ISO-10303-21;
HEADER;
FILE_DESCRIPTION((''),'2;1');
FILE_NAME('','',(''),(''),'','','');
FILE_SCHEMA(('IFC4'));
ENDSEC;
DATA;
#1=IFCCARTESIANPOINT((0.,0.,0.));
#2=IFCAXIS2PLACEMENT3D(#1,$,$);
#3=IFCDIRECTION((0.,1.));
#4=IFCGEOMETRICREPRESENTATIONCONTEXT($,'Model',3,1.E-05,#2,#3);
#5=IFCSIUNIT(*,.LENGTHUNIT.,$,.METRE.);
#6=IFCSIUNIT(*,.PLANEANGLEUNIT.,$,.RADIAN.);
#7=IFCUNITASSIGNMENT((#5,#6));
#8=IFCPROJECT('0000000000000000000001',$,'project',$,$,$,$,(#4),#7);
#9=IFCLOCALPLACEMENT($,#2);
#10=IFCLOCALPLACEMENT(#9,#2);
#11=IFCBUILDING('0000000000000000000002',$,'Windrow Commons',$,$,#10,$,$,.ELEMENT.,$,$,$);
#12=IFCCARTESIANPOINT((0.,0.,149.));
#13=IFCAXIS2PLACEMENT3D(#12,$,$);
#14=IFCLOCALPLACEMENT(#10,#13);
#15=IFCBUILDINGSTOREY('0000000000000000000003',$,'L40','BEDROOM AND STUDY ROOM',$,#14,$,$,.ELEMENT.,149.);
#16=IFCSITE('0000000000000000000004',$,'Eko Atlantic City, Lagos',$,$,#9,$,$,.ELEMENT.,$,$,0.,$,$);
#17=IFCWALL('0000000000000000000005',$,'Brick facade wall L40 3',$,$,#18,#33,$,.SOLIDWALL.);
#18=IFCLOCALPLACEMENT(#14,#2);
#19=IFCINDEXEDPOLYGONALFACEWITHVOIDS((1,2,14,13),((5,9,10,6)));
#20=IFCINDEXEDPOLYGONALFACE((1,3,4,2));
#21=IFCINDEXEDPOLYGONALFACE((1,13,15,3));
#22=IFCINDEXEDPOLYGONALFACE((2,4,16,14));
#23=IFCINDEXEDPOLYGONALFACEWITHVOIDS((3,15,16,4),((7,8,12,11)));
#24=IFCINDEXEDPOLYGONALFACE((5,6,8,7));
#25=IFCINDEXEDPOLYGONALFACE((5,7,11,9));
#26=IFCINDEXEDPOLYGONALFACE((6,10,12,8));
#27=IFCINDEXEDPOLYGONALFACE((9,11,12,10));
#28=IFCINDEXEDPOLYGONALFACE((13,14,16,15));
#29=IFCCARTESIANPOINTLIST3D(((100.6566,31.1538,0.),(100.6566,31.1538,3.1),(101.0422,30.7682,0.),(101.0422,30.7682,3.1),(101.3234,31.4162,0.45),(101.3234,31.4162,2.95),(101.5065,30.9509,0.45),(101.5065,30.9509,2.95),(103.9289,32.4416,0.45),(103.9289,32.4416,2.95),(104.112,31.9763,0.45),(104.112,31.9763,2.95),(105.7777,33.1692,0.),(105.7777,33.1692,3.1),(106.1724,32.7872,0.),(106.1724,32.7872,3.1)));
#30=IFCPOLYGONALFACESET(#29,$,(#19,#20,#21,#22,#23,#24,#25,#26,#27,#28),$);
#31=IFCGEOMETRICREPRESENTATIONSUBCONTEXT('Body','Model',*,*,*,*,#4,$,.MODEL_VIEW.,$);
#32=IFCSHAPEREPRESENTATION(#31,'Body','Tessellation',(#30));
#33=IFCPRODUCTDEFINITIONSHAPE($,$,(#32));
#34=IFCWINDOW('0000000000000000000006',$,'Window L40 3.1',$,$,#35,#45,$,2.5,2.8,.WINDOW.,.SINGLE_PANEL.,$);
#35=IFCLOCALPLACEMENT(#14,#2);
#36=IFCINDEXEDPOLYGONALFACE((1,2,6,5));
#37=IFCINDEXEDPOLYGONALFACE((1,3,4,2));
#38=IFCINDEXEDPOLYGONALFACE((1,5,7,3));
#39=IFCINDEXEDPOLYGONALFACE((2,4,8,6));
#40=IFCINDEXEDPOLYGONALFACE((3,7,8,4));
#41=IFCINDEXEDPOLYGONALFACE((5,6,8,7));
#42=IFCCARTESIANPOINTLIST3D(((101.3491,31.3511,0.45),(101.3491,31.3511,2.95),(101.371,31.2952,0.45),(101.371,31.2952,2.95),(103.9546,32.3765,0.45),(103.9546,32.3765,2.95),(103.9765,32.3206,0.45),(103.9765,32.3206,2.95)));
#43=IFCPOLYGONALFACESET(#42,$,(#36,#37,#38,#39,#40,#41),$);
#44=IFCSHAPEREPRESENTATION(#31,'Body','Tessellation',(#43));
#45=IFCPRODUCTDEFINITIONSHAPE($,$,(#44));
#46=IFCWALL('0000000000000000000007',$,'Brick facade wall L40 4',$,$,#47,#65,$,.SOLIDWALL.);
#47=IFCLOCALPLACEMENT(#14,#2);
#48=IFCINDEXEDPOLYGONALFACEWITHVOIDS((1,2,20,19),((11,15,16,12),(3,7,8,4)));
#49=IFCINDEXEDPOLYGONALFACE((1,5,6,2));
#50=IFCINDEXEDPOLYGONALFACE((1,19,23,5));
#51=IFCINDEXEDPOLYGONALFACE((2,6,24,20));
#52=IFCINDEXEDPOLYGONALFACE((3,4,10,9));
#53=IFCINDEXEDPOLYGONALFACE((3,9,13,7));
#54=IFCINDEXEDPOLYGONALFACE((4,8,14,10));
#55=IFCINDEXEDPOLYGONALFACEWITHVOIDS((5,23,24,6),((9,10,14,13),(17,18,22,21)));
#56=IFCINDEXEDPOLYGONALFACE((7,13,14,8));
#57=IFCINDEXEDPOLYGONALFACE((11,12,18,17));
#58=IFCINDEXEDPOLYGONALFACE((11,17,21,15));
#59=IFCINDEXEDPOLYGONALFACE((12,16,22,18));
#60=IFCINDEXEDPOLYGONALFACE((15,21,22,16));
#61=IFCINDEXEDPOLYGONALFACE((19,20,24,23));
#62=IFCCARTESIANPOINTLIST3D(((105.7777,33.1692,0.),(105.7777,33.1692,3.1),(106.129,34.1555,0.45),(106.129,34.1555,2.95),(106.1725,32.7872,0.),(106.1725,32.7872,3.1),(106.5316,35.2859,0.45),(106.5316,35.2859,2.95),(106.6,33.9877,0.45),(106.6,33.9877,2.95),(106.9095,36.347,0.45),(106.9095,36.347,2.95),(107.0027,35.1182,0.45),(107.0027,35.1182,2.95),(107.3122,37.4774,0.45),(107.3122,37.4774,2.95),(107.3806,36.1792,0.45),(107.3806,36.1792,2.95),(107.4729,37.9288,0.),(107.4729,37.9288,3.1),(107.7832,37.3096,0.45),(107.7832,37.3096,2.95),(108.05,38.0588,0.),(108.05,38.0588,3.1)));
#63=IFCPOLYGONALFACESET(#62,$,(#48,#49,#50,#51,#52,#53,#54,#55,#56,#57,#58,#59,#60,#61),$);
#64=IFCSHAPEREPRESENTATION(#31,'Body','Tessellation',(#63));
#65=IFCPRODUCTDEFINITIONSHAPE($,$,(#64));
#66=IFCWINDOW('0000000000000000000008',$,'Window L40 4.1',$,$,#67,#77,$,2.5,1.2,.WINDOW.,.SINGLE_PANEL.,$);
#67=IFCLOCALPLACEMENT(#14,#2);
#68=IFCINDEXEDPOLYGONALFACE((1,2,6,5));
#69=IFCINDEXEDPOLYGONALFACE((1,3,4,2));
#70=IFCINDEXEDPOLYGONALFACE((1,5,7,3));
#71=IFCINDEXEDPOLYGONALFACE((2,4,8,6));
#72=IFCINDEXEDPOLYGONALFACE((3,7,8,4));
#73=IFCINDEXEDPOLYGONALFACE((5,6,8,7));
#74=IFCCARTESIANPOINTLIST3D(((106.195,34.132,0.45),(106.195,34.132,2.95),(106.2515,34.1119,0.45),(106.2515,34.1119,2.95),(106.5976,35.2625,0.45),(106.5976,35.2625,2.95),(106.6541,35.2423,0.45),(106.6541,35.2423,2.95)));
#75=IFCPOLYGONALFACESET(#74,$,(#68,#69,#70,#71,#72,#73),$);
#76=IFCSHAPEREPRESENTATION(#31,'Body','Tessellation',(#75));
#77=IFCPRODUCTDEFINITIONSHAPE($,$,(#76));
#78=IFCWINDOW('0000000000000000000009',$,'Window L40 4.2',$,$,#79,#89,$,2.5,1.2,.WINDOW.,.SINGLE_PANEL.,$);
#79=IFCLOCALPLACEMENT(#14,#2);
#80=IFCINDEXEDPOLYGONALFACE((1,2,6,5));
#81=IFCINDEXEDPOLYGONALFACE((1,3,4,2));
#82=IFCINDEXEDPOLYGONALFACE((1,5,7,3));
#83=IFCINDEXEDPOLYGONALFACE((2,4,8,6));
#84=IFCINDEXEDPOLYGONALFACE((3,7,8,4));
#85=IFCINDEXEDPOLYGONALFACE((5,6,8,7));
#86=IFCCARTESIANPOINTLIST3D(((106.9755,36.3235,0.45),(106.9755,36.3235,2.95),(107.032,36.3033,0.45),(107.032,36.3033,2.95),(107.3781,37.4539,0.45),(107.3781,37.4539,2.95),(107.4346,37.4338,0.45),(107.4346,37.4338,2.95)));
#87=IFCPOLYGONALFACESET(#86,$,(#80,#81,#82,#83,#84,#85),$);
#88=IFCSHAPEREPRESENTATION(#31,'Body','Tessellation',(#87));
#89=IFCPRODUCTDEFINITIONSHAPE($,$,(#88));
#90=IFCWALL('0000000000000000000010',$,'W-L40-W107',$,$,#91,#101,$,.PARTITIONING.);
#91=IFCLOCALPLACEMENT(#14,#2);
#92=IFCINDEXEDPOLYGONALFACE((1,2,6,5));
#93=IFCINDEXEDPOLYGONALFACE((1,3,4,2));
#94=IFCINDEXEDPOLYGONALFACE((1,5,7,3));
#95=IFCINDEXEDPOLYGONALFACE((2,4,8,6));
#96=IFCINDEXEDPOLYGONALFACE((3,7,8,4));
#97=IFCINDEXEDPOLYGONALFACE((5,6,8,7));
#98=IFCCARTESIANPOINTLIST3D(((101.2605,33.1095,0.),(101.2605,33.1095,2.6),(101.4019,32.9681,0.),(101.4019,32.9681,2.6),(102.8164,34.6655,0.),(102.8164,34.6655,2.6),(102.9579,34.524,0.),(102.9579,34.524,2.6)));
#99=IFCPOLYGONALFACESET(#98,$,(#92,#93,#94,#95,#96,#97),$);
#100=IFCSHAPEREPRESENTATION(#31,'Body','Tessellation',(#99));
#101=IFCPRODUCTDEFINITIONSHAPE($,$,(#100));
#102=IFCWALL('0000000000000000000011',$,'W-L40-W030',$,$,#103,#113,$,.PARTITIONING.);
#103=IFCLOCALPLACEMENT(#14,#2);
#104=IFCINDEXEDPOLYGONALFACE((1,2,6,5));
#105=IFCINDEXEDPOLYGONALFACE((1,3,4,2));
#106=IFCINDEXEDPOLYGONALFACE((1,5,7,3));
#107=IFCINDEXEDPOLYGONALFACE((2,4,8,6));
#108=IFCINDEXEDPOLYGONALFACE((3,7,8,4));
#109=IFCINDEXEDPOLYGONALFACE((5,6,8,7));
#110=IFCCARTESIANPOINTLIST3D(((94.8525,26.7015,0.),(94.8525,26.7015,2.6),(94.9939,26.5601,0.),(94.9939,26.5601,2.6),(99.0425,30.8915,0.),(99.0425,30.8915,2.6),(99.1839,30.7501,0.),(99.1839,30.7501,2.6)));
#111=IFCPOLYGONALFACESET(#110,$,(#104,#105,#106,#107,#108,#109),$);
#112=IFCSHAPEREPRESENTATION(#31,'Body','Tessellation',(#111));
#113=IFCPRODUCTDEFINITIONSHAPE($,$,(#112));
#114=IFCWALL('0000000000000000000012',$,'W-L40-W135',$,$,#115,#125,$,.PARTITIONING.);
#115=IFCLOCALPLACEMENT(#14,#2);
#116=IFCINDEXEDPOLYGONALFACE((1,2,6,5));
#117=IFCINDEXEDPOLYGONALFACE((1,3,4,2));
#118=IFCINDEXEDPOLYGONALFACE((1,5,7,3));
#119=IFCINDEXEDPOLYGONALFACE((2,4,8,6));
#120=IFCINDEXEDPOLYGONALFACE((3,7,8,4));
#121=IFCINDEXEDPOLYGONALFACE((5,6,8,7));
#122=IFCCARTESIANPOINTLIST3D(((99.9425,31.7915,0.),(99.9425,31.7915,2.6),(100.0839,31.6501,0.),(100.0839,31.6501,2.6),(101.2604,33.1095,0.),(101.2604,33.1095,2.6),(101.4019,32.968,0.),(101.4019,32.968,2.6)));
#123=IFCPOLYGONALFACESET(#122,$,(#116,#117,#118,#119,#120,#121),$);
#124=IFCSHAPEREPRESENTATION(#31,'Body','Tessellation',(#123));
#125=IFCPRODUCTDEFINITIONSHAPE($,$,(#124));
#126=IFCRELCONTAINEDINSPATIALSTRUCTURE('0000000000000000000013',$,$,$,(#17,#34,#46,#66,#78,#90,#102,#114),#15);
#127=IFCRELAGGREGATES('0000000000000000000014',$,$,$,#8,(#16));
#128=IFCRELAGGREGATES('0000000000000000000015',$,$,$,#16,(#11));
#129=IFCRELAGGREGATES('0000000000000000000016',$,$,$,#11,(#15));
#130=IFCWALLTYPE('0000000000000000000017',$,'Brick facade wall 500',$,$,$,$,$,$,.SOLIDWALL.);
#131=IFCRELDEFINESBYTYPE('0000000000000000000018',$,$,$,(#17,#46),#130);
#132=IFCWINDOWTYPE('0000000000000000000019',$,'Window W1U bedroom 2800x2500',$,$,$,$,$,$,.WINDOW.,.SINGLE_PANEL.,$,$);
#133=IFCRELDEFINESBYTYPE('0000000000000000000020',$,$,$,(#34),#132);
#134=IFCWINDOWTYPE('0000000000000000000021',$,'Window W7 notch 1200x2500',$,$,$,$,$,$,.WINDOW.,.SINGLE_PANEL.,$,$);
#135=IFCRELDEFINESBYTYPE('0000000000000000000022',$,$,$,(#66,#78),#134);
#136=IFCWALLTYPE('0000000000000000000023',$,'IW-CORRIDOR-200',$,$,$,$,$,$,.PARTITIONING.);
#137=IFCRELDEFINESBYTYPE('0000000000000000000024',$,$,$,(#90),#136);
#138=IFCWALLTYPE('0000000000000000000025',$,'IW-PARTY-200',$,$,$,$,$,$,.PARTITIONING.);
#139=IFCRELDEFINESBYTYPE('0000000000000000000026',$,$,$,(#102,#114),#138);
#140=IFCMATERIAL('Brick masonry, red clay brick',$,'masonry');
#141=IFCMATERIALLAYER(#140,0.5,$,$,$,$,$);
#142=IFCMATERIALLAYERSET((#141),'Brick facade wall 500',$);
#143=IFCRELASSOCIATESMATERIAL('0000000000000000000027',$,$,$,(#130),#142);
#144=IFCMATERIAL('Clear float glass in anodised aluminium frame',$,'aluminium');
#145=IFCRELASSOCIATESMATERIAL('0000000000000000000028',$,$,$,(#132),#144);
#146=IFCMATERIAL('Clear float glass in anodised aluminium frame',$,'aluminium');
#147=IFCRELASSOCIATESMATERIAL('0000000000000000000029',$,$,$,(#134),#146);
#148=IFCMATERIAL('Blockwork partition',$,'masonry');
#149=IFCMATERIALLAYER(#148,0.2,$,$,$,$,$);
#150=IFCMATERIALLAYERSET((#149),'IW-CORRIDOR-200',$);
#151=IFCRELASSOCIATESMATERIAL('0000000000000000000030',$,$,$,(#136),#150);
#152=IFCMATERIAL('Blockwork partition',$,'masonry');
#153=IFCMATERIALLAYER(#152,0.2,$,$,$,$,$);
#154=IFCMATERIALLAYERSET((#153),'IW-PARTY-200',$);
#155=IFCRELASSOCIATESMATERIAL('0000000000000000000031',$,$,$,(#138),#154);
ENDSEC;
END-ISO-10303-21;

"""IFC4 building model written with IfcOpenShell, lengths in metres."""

from ifc_helpers import new_model, si_unit, direction, frame, frame_2d, origin, place, context, subcontext, project, spatial, polyline, rectangle, outline, extrude, material, layer, layer_set, type_object, element, fill, save


model = new_model("IFC4")

# Units and contexts
model_context = context("Model", 3, precision=1e-05, world=origin(), true_north=direction((0.0, 1.0)))
body_context = subcontext(model_context, "Body", "Model", "MODEL_VIEW")
ifc_project = project(units=[si_unit("LENGTHUNIT", "METRE"), si_unit("PLANEANGLEUNIT", "RADIAN")], contexts=[model_context])

# Site, building, storey
site_placement = place(None, origin())
site = spatial("IfcSite", under=ifc_project, at=site_placement, Name="Eko Atlantic City, Lagos", CompositionType="ELEMENT", RefElevation=0.0)
building_placement = place(site_placement, origin())
building = spatial("IfcBuilding", under=site, at=building_placement, Name="Windrow Commons", CompositionType="ELEMENT")
storey_placement = place(building_placement, frame((0.0, 0.0, 149.0)))
storey = spatial("IfcBuildingStorey", under=building, at=storey_placement, Name="L40", Description="BEDROOM AND STUDY ROOM", CompositionType="ELEMENT", Elevation=149.0)

# Shared definitions
ifc_material_1 = material(Name="Brick masonry, red clay brick", Category="masonry")
ifc_layer_1 = layer(ifc_material_1, 0.5)
ifc_layer_set_1 = layer_set([ifc_layer_1], Name="Brick facade wall 500")
wall_type_1 = type_object("IfcWallType", Name="Brick facade wall 500", PredefinedType="SOLIDWALL", material=ifc_layer_set_1)
ifc_material_2 = material(Name="Clear float glass in anodised aluminium frame", Category="aluminium")
window_type_1 = type_object("IfcWindowType", Name="Window W1U bedroom 2800x2500", PartitioningType="SINGLE_PANEL", PredefinedType="WINDOW", material=ifc_material_2)
ifc_material_3 = material(Name="Clear float glass in anodised aluminium frame", Category="aluminium")
window_type_2 = type_object("IfcWindowType", Name="Window W7 notch 1200x2500", PartitioningType="SINGLE_PANEL", PredefinedType="WINDOW", material=ifc_material_3)

# Wall, opening, window
wall_1_placement = place(storey_placement, frame((100.8494, 30.961, 0.0), z_axis=(0.0, 0.0, 1.0), x_axis=(0.930533, 0.366208, 0.0)))
wall_1 = element("IfcWall", 1, at=wall_1_placement, inside=storey, type_object=wall_type_1, Name="Brick facade wall L40 3", PredefinedType="SOLIDWALL", context=body_context, shape_type="SweptSolid", body=[
    extrude(outline(polyline([(0.1088, -0.25), (5.622, -0.25), (5.3946, 0.25), (-0.1088, 0.25), (0.1088, -0.25)])), origin(), (0.0, 0.0, 1.0), 3.1),
])
opening_1_placement = place(wall_1_placement, frame((0.6078, 0.0, 0.45)))
opening_1 = element("IfcOpeningElement", 2, at=opening_1_placement, cuts=wall_1, PredefinedType="OPENING", context=body_context, shape_type="SweptSolid", body=[
    extrude(rectangle(XDim=2.8, YDim=2.5, at=frame_2d((1.4, 1.25))), frame((0.0, 0.26, 0.0), z_axis=(0.0, -1.0, 0.0), x_axis=(1.0, 0.0, 0.0)), (0.0, 0.0, 1.0), 0.52),
])
window_1_placement = place(opening_1_placement, origin())
window_1 = element("IfcWindow", 3, at=window_1_placement, inside=storey, type_object=window_type_1, Name="Window L40 3.1", OverallHeight=2.5, OverallWidth=2.8, PartitioningType="SINGLE_PANEL", PredefinedType="WINDOW", context=body_context, shape_type="SweptSolid", body=[
    extrude(rectangle(XDim=2.8, YDim=2.5, at=frame_2d((1.4, 1.25))), frame((0.0, 0.18, 0.0), z_axis=(0.0, -1.0, 0.0), x_axis=(1.0, 0.0, 0.0)), (0.0, 0.0, 1.0), 0.06),
])
fill(opening_1, window_1)

# Wall, openings, windows
wall_2_placement = place(storey_placement, frame((105.9751, 32.9782, 0.0), z_axis=(0.0, 0.0, 1.0), x_axis=(0.335517, 0.942034, 0.0)))
wall_2 = element("IfcWall", 4, at=wall_2_placement, inside=storey, type_object=wall_type_1, Name="Brick facade wall L40 4", PredefinedType="SOLIDWALL", context=body_context, shape_type="SweptSolid", body=[
    extrude(outline(polyline([(-0.1137, -0.25), (5.4823, -0.25), (5.1662, 0.25), (0.1137, 0.25), (-0.1137, -0.25)])), origin(), (0.0, 0.0, 1.0), 3.1),
])
opening_2_placement = place(wall_2_placement, frame((1.1607, 0.0, 0.45)))
opening_2 = element("IfcOpeningElement", 5, at=opening_2_placement, cuts=wall_2, PredefinedType="OPENING", context=body_context, shape_type="SweptSolid", body=[
    extrude(rectangle(XDim=1.2, YDim=2.5, at=frame_2d((0.6, 1.25))), frame((0.0, 0.26, 0.0), z_axis=(0.0, -1.0, 0.0), x_axis=(1.0, 0.0, 0.0)), (0.0, 0.0, 1.0), 0.52),
])
opening_3_placement = place(wall_2_placement, frame((3.487, 0.0, 0.45)))
opening_3 = element("IfcOpeningElement", 6, at=opening_3_placement, cuts=wall_2, PredefinedType="OPENING", context=body_context, shape_type="SweptSolid", body=[
    extrude(rectangle(XDim=1.2, YDim=2.5, at=frame_2d((0.6, 1.25))), frame((0.0, 0.26, 0.0), z_axis=(0.0, -1.0, 0.0), x_axis=(1.0, 0.0, 0.0)), (0.0, 0.0, 1.0), 0.52),
])
window_2_placement = place(opening_2_placement, origin())
window_2 = element("IfcWindow", 7, at=window_2_placement, inside=storey, type_object=window_type_2, Name="Window L40 4.1", OverallHeight=2.5, OverallWidth=1.2, PartitioningType="SINGLE_PANEL", PredefinedType="WINDOW", context=body_context, shape_type="SweptSolid", body=[
    extrude(rectangle(XDim=1.2, YDim=2.5, at=frame_2d((0.6, 1.25))), frame((0.0, 0.18, 0.0), z_axis=(0.0, -1.0, 0.0), x_axis=(1.0, 0.0, 0.0)), (0.0, 0.0, 1.0), 0.06),
])
fill(opening_2, window_2)
window_3_placement = place(opening_3_placement, origin())
window_3 = element("IfcWindow", 8, at=window_3_placement, inside=storey, type_object=window_type_2, Name="Window L40 4.2", OverallHeight=2.5, OverallWidth=1.2, PartitioningType="SINGLE_PANEL", PredefinedType="WINDOW", context=body_context, shape_type="SweptSolid", body=[
    extrude(rectangle(XDim=1.2, YDim=2.5, at=frame_2d((0.6, 1.25))), frame((0.0, 0.18, 0.0), z_axis=(0.0, -1.0, 0.0), x_axis=(1.0, 0.0, 0.0)), (0.0, 0.0, 1.0), 0.06),
])
fill(opening_3, window_3)

# Walls
ifc_material_4 = material(Name="Blockwork partition", Category="masonry")
ifc_layer_2 = layer(ifc_material_4, 0.2)
ifc_layer_set_2 = layer_set([ifc_layer_2], Name="IW-CORRIDOR-200")
wall_type_2 = type_object("IfcWallType", Name="IW-CORRIDOR-200", PredefinedType="PARTITIONING", material=ifc_layer_set_2)
wall_3_placement = place(storey_placement, frame((101.3312, 33.0388, 0.0), z_axis=(0.0, 0.0, 1.0), x_axis=(0.707107, 0.707107, 0.0)))
element("IfcWall", 9, at=wall_3_placement, inside=storey, type_object=wall_type_2, Name="W-L40-W107", PredefinedType="PARTITIONING", context=body_context, shape_type="SweptSolid", body=[
    extrude(rectangle(XDim=2.2005, YDim=0.2, at=frame_2d((1.1002, 0.0))), origin(), (0.0, 0.0, 1.0), 2.6),
])
ifc_material_5 = material(Name="Blockwork partition", Category="masonry")
ifc_layer_3 = layer(ifc_material_5, 0.2)
ifc_layer_set_3 = layer_set([ifc_layer_3], Name="IW-PARTY-200")
wall_type_3 = type_object("IfcWallType", Name="IW-PARTY-200", PredefinedType="PARTITIONING", material=ifc_layer_set_3)
wall_4_placement = place(storey_placement, frame((94.9232, 26.6308, 0.0), z_axis=(0.0, 0.0, 1.0), x_axis=(0.707107, 0.707107, 0.0)))
element("IfcWall", 10, at=wall_4_placement, inside=storey, type_object=wall_type_3, Name="W-L40-W030", PredefinedType="PARTITIONING", context=body_context, shape_type="SweptSolid", body=[
    extrude(rectangle(XDim=5.9256, YDim=0.2, at=frame_2d((2.9628, 0.0))), origin(), (0.0, 0.0, 1.0), 2.6),
])
wall_5_placement = place(storey_placement, frame((100.0132, 31.7208, 0.0), z_axis=(0.0, 0.0, 1.0), x_axis=(0.707107, 0.707107, 0.0)))
element("IfcWall", 11, at=wall_5_placement, inside=storey, type_object=wall_type_3, Name="W-L40-W135", PredefinedType="PARTITIONING", context=body_context, shape_type="SweptSolid", body=[
    extrude(rectangle(XDim=1.8639, YDim=0.2, at=frame_2d((0.9319, 0.0))), origin(), (0.0, 0.0, 1.0), 2.6),
])

save(model, "model.ifc")
